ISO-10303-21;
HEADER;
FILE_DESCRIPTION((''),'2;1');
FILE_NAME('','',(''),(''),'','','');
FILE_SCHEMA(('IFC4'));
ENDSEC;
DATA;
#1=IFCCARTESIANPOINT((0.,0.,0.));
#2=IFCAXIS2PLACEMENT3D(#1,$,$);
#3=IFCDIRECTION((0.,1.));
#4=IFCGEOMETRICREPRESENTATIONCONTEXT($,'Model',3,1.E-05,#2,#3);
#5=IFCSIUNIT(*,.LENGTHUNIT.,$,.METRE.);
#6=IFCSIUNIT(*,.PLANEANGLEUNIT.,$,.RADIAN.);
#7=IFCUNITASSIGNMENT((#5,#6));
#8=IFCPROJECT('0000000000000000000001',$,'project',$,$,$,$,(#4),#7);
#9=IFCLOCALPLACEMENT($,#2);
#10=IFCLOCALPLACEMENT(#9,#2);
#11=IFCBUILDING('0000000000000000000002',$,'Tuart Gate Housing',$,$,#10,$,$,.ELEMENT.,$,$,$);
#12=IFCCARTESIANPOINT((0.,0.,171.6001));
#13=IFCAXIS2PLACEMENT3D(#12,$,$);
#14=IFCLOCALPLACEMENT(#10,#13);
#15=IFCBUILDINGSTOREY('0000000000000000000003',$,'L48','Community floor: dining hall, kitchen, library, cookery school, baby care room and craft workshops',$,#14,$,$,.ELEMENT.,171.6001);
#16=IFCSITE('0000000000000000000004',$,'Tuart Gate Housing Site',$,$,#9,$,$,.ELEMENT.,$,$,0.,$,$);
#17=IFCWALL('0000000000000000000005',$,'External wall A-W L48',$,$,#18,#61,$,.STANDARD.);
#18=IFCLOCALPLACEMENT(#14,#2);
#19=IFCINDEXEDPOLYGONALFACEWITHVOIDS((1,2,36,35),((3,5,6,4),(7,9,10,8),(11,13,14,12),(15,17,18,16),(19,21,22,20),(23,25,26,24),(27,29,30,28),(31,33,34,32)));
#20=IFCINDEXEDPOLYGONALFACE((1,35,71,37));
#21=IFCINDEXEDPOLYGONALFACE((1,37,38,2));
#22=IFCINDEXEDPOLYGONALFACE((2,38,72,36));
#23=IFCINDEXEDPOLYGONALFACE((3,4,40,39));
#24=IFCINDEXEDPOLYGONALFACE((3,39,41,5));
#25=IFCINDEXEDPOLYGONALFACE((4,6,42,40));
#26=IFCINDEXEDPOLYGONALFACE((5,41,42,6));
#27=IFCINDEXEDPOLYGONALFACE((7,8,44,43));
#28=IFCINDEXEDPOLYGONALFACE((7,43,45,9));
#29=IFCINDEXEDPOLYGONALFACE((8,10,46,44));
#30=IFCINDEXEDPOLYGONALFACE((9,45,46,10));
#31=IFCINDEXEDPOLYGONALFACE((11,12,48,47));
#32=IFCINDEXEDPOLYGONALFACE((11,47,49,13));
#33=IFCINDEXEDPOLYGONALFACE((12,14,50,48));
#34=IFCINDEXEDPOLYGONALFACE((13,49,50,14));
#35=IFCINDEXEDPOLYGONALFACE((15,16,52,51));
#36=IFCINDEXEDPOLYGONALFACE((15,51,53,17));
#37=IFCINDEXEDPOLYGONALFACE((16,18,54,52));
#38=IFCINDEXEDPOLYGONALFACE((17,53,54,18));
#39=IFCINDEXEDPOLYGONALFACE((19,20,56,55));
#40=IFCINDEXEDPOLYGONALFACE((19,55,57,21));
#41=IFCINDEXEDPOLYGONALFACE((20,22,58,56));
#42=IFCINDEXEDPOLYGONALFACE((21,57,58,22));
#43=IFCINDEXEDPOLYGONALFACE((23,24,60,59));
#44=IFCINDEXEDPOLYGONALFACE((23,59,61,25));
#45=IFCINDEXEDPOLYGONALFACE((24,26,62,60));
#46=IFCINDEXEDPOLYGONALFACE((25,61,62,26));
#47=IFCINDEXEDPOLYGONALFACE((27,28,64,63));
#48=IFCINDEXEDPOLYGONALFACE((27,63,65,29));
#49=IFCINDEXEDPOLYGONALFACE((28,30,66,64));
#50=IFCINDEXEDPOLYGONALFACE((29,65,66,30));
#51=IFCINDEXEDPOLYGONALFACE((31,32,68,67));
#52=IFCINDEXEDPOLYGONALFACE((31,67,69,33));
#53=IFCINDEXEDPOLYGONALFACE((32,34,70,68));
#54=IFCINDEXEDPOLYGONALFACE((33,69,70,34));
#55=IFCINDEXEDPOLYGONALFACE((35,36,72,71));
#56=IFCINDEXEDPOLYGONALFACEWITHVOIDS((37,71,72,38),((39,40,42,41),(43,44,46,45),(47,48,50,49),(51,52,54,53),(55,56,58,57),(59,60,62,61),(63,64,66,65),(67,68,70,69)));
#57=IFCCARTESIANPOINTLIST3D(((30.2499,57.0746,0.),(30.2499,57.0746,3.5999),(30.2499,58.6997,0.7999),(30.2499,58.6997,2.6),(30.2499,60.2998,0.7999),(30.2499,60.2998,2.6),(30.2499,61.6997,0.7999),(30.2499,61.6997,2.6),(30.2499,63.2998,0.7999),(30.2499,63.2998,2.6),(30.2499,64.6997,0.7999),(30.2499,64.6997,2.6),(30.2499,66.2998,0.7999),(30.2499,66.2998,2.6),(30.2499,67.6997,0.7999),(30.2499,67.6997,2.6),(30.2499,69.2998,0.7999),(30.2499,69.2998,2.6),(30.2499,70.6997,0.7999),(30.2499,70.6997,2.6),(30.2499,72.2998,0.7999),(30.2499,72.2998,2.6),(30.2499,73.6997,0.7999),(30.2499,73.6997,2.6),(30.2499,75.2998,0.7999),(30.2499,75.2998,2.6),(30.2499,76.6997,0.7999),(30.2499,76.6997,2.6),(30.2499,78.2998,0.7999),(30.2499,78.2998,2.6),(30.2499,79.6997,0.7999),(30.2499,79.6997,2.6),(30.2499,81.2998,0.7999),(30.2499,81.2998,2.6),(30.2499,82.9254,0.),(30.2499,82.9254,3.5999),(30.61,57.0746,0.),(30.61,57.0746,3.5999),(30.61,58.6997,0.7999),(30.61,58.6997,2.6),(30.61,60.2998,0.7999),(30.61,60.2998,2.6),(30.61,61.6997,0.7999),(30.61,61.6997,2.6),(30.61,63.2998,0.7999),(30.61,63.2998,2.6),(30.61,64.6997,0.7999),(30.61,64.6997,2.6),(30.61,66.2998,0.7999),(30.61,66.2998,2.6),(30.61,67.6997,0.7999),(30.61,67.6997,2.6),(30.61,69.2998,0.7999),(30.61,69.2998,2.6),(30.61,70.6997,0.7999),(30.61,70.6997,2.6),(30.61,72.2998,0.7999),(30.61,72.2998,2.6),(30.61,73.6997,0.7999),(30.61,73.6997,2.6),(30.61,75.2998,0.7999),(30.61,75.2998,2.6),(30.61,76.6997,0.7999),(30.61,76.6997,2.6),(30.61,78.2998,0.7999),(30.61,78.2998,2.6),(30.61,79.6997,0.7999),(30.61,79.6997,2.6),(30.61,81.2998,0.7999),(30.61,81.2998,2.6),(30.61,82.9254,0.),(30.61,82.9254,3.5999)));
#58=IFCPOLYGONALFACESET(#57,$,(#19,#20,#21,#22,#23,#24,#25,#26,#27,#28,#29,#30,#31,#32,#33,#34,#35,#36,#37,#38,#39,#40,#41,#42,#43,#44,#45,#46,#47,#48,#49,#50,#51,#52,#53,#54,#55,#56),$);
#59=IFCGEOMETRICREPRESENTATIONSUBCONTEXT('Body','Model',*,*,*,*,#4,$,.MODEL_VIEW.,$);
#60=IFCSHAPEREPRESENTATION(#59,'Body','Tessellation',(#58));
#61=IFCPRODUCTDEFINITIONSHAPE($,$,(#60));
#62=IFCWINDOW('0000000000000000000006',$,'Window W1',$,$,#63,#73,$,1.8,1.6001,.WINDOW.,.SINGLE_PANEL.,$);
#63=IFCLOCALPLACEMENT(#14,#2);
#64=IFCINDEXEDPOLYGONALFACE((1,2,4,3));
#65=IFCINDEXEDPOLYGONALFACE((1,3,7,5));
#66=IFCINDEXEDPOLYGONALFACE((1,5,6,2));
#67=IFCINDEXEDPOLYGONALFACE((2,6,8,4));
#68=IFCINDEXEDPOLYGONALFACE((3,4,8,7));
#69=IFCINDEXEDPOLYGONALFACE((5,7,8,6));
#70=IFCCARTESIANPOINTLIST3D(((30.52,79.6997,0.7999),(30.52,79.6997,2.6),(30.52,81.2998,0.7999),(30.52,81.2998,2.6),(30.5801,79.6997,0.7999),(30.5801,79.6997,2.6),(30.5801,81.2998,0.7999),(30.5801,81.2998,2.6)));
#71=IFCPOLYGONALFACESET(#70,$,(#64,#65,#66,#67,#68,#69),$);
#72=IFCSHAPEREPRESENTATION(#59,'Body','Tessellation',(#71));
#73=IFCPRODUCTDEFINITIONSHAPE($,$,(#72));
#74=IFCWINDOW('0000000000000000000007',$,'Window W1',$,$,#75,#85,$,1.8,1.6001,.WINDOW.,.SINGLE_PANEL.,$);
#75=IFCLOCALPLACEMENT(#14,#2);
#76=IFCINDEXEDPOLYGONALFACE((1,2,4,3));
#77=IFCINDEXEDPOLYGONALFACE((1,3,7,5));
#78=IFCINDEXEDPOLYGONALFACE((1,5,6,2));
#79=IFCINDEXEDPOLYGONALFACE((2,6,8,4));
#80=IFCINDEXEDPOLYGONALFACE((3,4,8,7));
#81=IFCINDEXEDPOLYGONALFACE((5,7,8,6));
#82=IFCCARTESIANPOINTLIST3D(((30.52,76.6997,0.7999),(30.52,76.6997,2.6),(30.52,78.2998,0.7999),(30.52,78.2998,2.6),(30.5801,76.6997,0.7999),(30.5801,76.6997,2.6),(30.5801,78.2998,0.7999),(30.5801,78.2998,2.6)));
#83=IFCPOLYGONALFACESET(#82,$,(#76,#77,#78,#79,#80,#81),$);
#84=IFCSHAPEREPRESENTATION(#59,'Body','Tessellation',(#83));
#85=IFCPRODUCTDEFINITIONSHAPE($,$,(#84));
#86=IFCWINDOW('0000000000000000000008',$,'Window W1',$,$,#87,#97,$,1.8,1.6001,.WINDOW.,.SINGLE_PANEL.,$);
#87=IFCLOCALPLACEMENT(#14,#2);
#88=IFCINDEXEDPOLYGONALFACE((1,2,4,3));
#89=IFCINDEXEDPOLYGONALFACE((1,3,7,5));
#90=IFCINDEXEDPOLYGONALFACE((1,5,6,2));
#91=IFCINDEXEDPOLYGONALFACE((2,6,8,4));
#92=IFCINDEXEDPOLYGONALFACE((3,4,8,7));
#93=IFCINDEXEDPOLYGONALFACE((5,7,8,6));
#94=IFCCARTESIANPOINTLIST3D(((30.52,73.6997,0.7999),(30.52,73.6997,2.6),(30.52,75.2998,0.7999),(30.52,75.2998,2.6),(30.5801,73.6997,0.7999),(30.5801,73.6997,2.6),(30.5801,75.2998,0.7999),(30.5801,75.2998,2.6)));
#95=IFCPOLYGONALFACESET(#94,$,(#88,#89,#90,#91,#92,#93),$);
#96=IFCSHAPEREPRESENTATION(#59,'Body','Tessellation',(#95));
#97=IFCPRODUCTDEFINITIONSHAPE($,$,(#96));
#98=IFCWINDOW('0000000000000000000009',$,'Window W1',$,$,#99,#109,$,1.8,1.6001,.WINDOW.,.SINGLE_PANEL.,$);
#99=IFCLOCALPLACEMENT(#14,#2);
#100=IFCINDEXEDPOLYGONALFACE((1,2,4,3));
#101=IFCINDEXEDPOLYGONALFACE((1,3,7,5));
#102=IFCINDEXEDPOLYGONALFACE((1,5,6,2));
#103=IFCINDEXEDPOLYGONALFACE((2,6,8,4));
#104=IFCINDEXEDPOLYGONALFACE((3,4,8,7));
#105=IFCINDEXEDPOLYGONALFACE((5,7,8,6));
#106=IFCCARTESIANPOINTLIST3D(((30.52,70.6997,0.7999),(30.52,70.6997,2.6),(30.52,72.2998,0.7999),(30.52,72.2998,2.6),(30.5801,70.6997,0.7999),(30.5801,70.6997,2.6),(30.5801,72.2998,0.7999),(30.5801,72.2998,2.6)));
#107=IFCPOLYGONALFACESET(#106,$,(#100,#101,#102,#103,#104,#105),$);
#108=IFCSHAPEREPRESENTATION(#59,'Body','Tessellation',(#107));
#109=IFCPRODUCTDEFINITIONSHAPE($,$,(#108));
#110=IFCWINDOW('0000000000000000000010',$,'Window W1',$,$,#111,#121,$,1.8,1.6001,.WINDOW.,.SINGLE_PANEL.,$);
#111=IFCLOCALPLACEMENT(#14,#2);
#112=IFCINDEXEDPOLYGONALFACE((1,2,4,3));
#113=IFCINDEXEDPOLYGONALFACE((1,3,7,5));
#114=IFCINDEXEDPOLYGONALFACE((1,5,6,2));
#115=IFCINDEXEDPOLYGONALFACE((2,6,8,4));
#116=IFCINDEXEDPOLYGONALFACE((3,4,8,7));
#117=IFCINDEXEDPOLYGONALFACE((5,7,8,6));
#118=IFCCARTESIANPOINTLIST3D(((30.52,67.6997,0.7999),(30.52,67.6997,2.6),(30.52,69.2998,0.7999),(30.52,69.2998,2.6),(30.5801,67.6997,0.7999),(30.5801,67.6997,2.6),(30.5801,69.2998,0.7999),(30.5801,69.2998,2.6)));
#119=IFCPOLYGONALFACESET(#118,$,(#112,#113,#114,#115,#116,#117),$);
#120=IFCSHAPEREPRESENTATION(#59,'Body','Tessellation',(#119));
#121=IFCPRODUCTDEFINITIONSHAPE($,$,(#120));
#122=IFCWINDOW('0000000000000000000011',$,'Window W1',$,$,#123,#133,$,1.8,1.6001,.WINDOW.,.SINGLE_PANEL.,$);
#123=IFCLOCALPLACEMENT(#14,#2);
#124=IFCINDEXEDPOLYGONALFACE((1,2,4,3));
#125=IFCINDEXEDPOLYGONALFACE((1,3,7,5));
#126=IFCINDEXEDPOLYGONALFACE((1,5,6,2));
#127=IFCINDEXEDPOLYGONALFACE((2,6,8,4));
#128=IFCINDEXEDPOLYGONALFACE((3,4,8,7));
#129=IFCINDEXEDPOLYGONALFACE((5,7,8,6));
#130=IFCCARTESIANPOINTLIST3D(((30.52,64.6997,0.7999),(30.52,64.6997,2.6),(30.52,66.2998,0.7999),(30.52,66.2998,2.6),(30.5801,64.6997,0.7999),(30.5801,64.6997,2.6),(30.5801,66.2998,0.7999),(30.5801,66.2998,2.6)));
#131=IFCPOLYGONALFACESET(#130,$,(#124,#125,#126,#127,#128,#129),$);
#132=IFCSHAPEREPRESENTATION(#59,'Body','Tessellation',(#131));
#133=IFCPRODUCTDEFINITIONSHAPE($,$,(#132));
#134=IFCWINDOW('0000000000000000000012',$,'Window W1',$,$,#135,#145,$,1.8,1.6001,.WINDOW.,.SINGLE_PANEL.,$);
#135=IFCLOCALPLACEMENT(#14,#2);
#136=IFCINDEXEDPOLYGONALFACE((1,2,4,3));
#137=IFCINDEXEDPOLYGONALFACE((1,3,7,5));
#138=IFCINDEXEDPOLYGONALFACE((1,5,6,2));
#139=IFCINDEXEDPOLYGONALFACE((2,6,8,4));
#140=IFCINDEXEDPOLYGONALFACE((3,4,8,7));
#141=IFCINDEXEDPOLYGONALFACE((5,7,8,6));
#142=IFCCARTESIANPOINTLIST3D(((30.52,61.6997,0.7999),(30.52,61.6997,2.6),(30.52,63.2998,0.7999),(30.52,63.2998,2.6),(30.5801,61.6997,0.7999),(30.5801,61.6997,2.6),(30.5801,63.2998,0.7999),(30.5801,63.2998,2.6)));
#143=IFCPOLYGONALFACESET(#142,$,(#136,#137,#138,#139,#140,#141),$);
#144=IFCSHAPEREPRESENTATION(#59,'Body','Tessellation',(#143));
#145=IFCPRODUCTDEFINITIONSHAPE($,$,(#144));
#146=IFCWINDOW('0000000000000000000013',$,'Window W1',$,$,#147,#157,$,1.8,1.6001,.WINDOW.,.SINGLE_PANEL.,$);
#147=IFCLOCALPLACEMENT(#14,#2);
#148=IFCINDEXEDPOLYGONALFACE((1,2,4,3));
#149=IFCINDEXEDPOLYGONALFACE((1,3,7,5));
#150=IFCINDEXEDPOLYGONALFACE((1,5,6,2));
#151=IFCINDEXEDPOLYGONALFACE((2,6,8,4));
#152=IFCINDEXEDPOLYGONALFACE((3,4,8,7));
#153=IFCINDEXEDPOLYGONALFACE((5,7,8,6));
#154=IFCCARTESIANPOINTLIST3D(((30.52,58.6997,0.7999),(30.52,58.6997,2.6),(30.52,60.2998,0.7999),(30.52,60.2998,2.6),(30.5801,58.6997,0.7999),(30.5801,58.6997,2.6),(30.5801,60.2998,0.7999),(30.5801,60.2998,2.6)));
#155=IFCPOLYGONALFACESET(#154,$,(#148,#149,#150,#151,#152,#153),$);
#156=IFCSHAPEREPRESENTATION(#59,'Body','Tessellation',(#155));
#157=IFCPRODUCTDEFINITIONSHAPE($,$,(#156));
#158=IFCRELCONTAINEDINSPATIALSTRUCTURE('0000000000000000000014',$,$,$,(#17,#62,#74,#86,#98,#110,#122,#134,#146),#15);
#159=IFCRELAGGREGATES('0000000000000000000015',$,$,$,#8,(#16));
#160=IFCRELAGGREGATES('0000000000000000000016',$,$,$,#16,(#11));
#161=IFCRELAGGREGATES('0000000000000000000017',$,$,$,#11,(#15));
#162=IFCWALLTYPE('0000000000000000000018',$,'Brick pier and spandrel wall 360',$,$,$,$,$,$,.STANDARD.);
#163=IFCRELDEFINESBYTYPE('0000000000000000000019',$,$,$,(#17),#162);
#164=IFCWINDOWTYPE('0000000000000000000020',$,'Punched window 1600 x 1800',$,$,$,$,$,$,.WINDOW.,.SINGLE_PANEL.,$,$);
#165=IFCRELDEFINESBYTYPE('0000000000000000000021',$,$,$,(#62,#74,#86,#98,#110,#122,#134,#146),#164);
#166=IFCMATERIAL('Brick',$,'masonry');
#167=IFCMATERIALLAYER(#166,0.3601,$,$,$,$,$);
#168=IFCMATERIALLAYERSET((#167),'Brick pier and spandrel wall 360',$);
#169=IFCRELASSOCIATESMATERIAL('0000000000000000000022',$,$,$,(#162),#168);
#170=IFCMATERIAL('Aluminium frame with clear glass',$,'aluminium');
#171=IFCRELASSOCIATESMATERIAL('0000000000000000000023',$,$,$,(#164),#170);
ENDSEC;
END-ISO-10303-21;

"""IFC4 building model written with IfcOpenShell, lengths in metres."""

from ifc_helpers import new_model, si_unit, direction, frame, frame_2d, origin, place, context, subcontext, project, spatial, rectangle, extrude, material, layer, layer_set, type_object, element, fill, save


model = new_model("IFC4")

# Units and contexts
model_context = context("Model", 3, precision=1e-05, world=origin(), true_north=direction((0.0, 1.0)))
body_context = subcontext(model_context, "Body", "Model", "MODEL_VIEW")
ifc_project = project(units=[si_unit("LENGTHUNIT", "METRE"), si_unit("PLANEANGLEUNIT", "RADIAN")], contexts=[model_context])

# Site, building, storey
site_placement = place(None, origin())
site = spatial("IfcSite", under=ifc_project, at=site_placement, Name="Tuart Gate Housing Site", CompositionType="ELEMENT", RefElevation=0.0)
building_placement = place(site_placement, origin())
building = spatial("IfcBuilding", under=site, at=building_placement, Name="Tuart Gate Housing", CompositionType="ELEMENT")
storey_placement = place(building_placement, frame((0.0, 0.0, 171.6001)))
storey = spatial("IfcBuildingStorey", under=building, at=storey_placement, Name="L48", Description="Community floor: dining hall, kitchen, library, cookery school, baby care room and craft workshops", CompositionType="ELEMENT", Elevation=171.6001)

# Shared definitions
ifc_material_1 = material(Name="Brick", Category="masonry")
ifc_layer_1 = layer(ifc_material_1, 0.3601)
ifc_layer_set_1 = layer_set([ifc_layer_1], Name="Brick pier and spandrel wall 360")
wall_type = type_object("IfcWallType", Name="Brick pier and spandrel wall 360", PredefinedType="STANDARD", material=ifc_layer_set_1)

# Wall, openings, windows
wall_1_placement = place(storey_placement, frame((30.4299, 82.9253, 0.0), z_axis=(0.0, 0.0, 1.0), x_axis=(0.0, -1.0, 0.0)))
wall_1 = element("IfcWall", 1, at=wall_1_placement, inside=storey, type_object=wall_type, Name="External wall A-W L48", PredefinedType="STANDARD", context=body_context, shape_type="SweptSolid", body=[
    extrude(rectangle(XDim=25.8508, YDim=0.3601, at=frame_2d((12.9253, 0.0))), origin(), (0.0, 0.0, 1.0), 3.5999),
])
opening_1_placement = place(wall_1_placement, frame((1.6255, 0.0, 0.8)))
opening_1 = element("IfcOpeningElement", 2, at=opening_1_placement, cuts=wall_1, PredefinedType="OPENING", context=body_context, shape_type="SweptSolid", body=[
    extrude(rectangle(XDim=1.6001, YDim=1.8, at=frame_2d((0.8, 0.8999))), frame((0.0, 0.1899, 0.0), z_axis=(0.0, -1.0, 0.0), x_axis=(1.0, 0.0, 0.0)), (0.0, 0.0, 1.0), 0.3801),
])
opening_2_placement = place(wall_1_placement, frame((4.6255, 0.0, 0.8)))
opening_2 = element("IfcOpeningElement", 3, at=opening_2_placement, cuts=wall_1, PredefinedType="OPENING", context=body_context, shape_type="SweptSolid", body=[
    extrude(rectangle(XDim=1.6001, YDim=1.8, at=frame_2d((0.8, 0.8999))), frame((0.0, 0.1899, 0.0), z_axis=(0.0, -1.0, 0.0), x_axis=(1.0, 0.0, 0.0)), (0.0, 0.0, 1.0), 0.3801),
])
opening_3_placement = place(wall_1_placement, frame((7.6255, 0.0, 0.8)))
opening_3 = element("IfcOpeningElement", 4, at=opening_3_placement, cuts=wall_1, PredefinedType="OPENING", context=body_context, shape_type="SweptSolid", body=[
    extrude(rectangle(XDim=1.6001, YDim=1.8, at=frame_2d((0.8, 0.8999))), frame((0.0, 0.1899, 0.0), z_axis=(0.0, -1.0, 0.0), x_axis=(1.0, 0.0, 0.0)), (0.0, 0.0, 1.0), 0.3801),
])
opening_4_placement = place(wall_1_placement, frame((10.6255, 0.0, 0.8)))
opening_4 = element("IfcOpeningElement", 5, at=opening_4_placement, cuts=wall_1, PredefinedType="OPENING", context=body_context, shape_type="SweptSolid", body=[
    extrude(rectangle(XDim=1.6001, YDim=1.8, at=frame_2d((0.8, 0.8999))), frame((0.0, 0.1899, 0.0), z_axis=(0.0, -1.0, 0.0), x_axis=(1.0, 0.0, 0.0)), (0.0, 0.0, 1.0), 0.3801),
])
opening_5_placement = place(wall_1_placement, frame((13.6255, 0.0, 0.8)))
opening_5 = element("IfcOpeningElement", 6, at=opening_5_placement, cuts=wall_1, PredefinedType="OPENING", context=body_context, shape_type="SweptSolid", body=[
    extrude(rectangle(XDim=1.6001, YDim=1.8, at=frame_2d((0.8, 0.8999))), frame((0.0, 0.1899, 0.0), z_axis=(0.0, -1.0, 0.0), x_axis=(1.0, 0.0, 0.0)), (0.0, 0.0, 1.0), 0.3801),
])
opening_6_placement = place(wall_1_placement, frame((16.6255, 0.0, 0.8)))
opening_6 = element("IfcOpeningElement", 7, at=opening_6_placement, cuts=wall_1, PredefinedType="OPENING", context=body_context, shape_type="SweptSolid", body=[
    extrude(rectangle(XDim=1.6001, YDim=1.8, at=frame_2d((0.8, 0.8999))), frame((0.0, 0.1899, 0.0), z_axis=(0.0, -1.0, 0.0), x_axis=(1.0, 0.0, 0.0)), (0.0, 0.0, 1.0), 0.3801),
])
opening_7_placement = place(wall_1_placement, frame((19.6255, 0.0, 0.8)))
opening_7 = element("IfcOpeningElement", 8, at=opening_7_placement, cuts=wall_1, PredefinedType="OPENING", context=body_context, shape_type="SweptSolid", body=[
    extrude(rectangle(XDim=1.6001, YDim=1.8, at=frame_2d((0.8, 0.8999))), frame((0.0, 0.1899, 0.0), z_axis=(0.0, -1.0, 0.0), x_axis=(1.0, 0.0, 0.0)), (0.0, 0.0, 1.0), 0.3801),
])
opening_8_placement = place(wall_1_placement, frame((22.6255, 0.0, 0.8)))
opening_8 = element("IfcOpeningElement", 9, at=opening_8_placement, cuts=wall_1, PredefinedType="OPENING", context=body_context, shape_type="SweptSolid", body=[
    extrude(rectangle(XDim=1.6001, YDim=1.8, at=frame_2d((0.8, 0.8999))), frame((0.0, 0.1899, 0.0), z_axis=(0.0, -1.0, 0.0), x_axis=(1.0, 0.0, 0.0)), (0.0, 0.0, 1.0), 0.3801),
])
ifc_material_2 = material(Name="Aluminium frame with clear glass", Category="aluminium")
window_type = type_object("IfcWindowType", Name="Punched window 1600 x 1800", PartitioningType="SINGLE_PANEL", PredefinedType="WINDOW", material=ifc_material_2)
window_1_placement = place(opening_1_placement, origin())
window_1 = element("IfcWindow", 10, at=window_1_placement, inside=storey, type_object=window_type, Name="Window W1", OverallHeight=1.8, OverallWidth=1.6001, PartitioningType="SINGLE_PANEL", PredefinedType="WINDOW", context=body_context, shape_type="SweptSolid", body=[
    extrude(rectangle(XDim=1.6001, YDim=1.8, at=frame_2d((0.8, 0.8999))), frame((0.0, 0.1501, 0.0), z_axis=(0.0, -1.0, 0.0), x_axis=(1.0, 0.0, 0.0)), (0.0, 0.0, 1.0), 0.0601),
])
fill(opening_1, window_1)
window_2_placement = place(opening_2_placement, origin())
window_2 = element("IfcWindow", 11, at=window_2_placement, inside=storey, type_object=window_type, Name="Window W1", OverallHeight=1.8, OverallWidth=1.6001, PartitioningType="SINGLE_PANEL", PredefinedType="WINDOW", context=body_context, shape_type="SweptSolid", body=[
    extrude(rectangle(XDim=1.6001, YDim=1.8, at=frame_2d((0.8, 0.8999))), frame((0.0, 0.1501, 0.0), z_axis=(0.0, -1.0, 0.0), x_axis=(1.0, 0.0, 0.0)), (0.0, 0.0, 1.0), 0.0601),
])
fill(opening_2, window_2)
window_3_placement = place(opening_3_placement, origin())
window_3 = element("IfcWindow", 12, at=window_3_placement, inside=storey, type_object=window_type, Name="Window W1", OverallHeight=1.8, OverallWidth=1.6001, PartitioningType="SINGLE_PANEL", PredefinedType="WINDOW", context=body_context, shape_type="SweptSolid", body=[
    extrude(rectangle(XDim=1.6001, YDim=1.8, at=frame_2d((0.8, 0.8999))), frame((0.0, 0.1501, 0.0), z_axis=(0.0, -1.0, 0.0), x_axis=(1.0, 0.0, 0.0)), (0.0, 0.0, 1.0), 0.0601),
])
fill(opening_3, window_3)
window_4_placement = place(opening_4_placement, origin())
window_4 = element("IfcWindow", 13, at=window_4_placement, inside=storey, type_object=window_type, Name="Window W1", OverallHeight=1.8, OverallWidth=1.6001, PartitioningType="SINGLE_PANEL", PredefinedType="WINDOW", context=body_context, shape_type="SweptSolid", body=[
    extrude(rectangle(XDim=1.6001, YDim=1.8, at=frame_2d((0.8, 0.8999))), frame((0.0, 0.1501, 0.0), z_axis=(0.0, -1.0, 0.0), x_axis=(1.0, 0.0, 0.0)), (0.0, 0.0, 1.0), 0.0601),
])
fill(opening_4, window_4)
window_5_placement = place(opening_5_placement, origin())
window_5 = element("IfcWindow", 14, at=window_5_placement, inside=storey, type_object=window_type, Name="Window W1", OverallHeight=1.8, OverallWidth=1.6001, PartitioningType="SINGLE_PANEL", PredefinedType="WINDOW", context=body_context, shape_type="SweptSolid", body=[
    extrude(rectangle(XDim=1.6001, YDim=1.8, at=frame_2d((0.8, 0.8999))), frame((0.0, 0.1501, 0.0), z_axis=(0.0, -1.0, 0.0), x_axis=(1.0, 0.0, 0.0)), (0.0, 0.0, 1.0), 0.0601),
])
fill(opening_5, window_5)
window_6_placement = place(opening_6_placement, origin())
window_6 = element("IfcWindow", 15, at=window_6_placement, inside=storey, type_object=window_type, Name="Window W1", OverallHeight=1.8, OverallWidth=1.6001, PartitioningType="SINGLE_PANEL", PredefinedType="WINDOW", context=body_context, shape_type="SweptSolid", body=[
    extrude(rectangle(XDim=1.6001, YDim=1.8, at=frame_2d((0.8, 0.8999))), frame((0.0, 0.1501, 0.0), z_axis=(0.0, -1.0, 0.0), x_axis=(1.0, 0.0, 0.0)), (0.0, 0.0, 1.0), 0.0601),
])
fill(opening_6, window_6)
window_7_placement = place(opening_7_placement, origin())
window_7 = element("IfcWindow", 16, at=window_7_placement, inside=storey, type_object=window_type, Name="Window W1", OverallHeight=1.8, OverallWidth=1.6001, PartitioningType="SINGLE_PANEL", PredefinedType="WINDOW", context=body_context, shape_type="SweptSolid", body=[
    extrude(rectangle(XDim=1.6001, YDim=1.8, at=frame_2d((0.8, 0.8999))), frame((0.0, 0.1501, 0.0), z_axis=(0.0, -1.0, 0.0), x_axis=(1.0, 0.0, 0.0)), (0.0, 0.0, 1.0), 0.0601),
])
fill(opening_7, window_7)
window_8_placement = place(opening_8_placement, origin())
window_8 = element("IfcWindow", 17, at=window_8_placement, inside=storey, type_object=window_type, Name="Window W1", OverallHeight=1.8, OverallWidth=1.6001, PartitioningType="SINGLE_PANEL", PredefinedType="WINDOW", context=body_context, shape_type="SweptSolid", body=[
    extrude(rectangle(XDim=1.6001, YDim=1.8, at=frame_2d((0.8, 0.8999))), frame((0.0, 0.1501, 0.0), z_axis=(0.0, -1.0, 0.0), x_axis=(1.0, 0.0, 0.0)), (0.0, 0.0, 1.0), 0.0601),
])
fill(opening_8, window_8)

save(model, "model.ifc")
